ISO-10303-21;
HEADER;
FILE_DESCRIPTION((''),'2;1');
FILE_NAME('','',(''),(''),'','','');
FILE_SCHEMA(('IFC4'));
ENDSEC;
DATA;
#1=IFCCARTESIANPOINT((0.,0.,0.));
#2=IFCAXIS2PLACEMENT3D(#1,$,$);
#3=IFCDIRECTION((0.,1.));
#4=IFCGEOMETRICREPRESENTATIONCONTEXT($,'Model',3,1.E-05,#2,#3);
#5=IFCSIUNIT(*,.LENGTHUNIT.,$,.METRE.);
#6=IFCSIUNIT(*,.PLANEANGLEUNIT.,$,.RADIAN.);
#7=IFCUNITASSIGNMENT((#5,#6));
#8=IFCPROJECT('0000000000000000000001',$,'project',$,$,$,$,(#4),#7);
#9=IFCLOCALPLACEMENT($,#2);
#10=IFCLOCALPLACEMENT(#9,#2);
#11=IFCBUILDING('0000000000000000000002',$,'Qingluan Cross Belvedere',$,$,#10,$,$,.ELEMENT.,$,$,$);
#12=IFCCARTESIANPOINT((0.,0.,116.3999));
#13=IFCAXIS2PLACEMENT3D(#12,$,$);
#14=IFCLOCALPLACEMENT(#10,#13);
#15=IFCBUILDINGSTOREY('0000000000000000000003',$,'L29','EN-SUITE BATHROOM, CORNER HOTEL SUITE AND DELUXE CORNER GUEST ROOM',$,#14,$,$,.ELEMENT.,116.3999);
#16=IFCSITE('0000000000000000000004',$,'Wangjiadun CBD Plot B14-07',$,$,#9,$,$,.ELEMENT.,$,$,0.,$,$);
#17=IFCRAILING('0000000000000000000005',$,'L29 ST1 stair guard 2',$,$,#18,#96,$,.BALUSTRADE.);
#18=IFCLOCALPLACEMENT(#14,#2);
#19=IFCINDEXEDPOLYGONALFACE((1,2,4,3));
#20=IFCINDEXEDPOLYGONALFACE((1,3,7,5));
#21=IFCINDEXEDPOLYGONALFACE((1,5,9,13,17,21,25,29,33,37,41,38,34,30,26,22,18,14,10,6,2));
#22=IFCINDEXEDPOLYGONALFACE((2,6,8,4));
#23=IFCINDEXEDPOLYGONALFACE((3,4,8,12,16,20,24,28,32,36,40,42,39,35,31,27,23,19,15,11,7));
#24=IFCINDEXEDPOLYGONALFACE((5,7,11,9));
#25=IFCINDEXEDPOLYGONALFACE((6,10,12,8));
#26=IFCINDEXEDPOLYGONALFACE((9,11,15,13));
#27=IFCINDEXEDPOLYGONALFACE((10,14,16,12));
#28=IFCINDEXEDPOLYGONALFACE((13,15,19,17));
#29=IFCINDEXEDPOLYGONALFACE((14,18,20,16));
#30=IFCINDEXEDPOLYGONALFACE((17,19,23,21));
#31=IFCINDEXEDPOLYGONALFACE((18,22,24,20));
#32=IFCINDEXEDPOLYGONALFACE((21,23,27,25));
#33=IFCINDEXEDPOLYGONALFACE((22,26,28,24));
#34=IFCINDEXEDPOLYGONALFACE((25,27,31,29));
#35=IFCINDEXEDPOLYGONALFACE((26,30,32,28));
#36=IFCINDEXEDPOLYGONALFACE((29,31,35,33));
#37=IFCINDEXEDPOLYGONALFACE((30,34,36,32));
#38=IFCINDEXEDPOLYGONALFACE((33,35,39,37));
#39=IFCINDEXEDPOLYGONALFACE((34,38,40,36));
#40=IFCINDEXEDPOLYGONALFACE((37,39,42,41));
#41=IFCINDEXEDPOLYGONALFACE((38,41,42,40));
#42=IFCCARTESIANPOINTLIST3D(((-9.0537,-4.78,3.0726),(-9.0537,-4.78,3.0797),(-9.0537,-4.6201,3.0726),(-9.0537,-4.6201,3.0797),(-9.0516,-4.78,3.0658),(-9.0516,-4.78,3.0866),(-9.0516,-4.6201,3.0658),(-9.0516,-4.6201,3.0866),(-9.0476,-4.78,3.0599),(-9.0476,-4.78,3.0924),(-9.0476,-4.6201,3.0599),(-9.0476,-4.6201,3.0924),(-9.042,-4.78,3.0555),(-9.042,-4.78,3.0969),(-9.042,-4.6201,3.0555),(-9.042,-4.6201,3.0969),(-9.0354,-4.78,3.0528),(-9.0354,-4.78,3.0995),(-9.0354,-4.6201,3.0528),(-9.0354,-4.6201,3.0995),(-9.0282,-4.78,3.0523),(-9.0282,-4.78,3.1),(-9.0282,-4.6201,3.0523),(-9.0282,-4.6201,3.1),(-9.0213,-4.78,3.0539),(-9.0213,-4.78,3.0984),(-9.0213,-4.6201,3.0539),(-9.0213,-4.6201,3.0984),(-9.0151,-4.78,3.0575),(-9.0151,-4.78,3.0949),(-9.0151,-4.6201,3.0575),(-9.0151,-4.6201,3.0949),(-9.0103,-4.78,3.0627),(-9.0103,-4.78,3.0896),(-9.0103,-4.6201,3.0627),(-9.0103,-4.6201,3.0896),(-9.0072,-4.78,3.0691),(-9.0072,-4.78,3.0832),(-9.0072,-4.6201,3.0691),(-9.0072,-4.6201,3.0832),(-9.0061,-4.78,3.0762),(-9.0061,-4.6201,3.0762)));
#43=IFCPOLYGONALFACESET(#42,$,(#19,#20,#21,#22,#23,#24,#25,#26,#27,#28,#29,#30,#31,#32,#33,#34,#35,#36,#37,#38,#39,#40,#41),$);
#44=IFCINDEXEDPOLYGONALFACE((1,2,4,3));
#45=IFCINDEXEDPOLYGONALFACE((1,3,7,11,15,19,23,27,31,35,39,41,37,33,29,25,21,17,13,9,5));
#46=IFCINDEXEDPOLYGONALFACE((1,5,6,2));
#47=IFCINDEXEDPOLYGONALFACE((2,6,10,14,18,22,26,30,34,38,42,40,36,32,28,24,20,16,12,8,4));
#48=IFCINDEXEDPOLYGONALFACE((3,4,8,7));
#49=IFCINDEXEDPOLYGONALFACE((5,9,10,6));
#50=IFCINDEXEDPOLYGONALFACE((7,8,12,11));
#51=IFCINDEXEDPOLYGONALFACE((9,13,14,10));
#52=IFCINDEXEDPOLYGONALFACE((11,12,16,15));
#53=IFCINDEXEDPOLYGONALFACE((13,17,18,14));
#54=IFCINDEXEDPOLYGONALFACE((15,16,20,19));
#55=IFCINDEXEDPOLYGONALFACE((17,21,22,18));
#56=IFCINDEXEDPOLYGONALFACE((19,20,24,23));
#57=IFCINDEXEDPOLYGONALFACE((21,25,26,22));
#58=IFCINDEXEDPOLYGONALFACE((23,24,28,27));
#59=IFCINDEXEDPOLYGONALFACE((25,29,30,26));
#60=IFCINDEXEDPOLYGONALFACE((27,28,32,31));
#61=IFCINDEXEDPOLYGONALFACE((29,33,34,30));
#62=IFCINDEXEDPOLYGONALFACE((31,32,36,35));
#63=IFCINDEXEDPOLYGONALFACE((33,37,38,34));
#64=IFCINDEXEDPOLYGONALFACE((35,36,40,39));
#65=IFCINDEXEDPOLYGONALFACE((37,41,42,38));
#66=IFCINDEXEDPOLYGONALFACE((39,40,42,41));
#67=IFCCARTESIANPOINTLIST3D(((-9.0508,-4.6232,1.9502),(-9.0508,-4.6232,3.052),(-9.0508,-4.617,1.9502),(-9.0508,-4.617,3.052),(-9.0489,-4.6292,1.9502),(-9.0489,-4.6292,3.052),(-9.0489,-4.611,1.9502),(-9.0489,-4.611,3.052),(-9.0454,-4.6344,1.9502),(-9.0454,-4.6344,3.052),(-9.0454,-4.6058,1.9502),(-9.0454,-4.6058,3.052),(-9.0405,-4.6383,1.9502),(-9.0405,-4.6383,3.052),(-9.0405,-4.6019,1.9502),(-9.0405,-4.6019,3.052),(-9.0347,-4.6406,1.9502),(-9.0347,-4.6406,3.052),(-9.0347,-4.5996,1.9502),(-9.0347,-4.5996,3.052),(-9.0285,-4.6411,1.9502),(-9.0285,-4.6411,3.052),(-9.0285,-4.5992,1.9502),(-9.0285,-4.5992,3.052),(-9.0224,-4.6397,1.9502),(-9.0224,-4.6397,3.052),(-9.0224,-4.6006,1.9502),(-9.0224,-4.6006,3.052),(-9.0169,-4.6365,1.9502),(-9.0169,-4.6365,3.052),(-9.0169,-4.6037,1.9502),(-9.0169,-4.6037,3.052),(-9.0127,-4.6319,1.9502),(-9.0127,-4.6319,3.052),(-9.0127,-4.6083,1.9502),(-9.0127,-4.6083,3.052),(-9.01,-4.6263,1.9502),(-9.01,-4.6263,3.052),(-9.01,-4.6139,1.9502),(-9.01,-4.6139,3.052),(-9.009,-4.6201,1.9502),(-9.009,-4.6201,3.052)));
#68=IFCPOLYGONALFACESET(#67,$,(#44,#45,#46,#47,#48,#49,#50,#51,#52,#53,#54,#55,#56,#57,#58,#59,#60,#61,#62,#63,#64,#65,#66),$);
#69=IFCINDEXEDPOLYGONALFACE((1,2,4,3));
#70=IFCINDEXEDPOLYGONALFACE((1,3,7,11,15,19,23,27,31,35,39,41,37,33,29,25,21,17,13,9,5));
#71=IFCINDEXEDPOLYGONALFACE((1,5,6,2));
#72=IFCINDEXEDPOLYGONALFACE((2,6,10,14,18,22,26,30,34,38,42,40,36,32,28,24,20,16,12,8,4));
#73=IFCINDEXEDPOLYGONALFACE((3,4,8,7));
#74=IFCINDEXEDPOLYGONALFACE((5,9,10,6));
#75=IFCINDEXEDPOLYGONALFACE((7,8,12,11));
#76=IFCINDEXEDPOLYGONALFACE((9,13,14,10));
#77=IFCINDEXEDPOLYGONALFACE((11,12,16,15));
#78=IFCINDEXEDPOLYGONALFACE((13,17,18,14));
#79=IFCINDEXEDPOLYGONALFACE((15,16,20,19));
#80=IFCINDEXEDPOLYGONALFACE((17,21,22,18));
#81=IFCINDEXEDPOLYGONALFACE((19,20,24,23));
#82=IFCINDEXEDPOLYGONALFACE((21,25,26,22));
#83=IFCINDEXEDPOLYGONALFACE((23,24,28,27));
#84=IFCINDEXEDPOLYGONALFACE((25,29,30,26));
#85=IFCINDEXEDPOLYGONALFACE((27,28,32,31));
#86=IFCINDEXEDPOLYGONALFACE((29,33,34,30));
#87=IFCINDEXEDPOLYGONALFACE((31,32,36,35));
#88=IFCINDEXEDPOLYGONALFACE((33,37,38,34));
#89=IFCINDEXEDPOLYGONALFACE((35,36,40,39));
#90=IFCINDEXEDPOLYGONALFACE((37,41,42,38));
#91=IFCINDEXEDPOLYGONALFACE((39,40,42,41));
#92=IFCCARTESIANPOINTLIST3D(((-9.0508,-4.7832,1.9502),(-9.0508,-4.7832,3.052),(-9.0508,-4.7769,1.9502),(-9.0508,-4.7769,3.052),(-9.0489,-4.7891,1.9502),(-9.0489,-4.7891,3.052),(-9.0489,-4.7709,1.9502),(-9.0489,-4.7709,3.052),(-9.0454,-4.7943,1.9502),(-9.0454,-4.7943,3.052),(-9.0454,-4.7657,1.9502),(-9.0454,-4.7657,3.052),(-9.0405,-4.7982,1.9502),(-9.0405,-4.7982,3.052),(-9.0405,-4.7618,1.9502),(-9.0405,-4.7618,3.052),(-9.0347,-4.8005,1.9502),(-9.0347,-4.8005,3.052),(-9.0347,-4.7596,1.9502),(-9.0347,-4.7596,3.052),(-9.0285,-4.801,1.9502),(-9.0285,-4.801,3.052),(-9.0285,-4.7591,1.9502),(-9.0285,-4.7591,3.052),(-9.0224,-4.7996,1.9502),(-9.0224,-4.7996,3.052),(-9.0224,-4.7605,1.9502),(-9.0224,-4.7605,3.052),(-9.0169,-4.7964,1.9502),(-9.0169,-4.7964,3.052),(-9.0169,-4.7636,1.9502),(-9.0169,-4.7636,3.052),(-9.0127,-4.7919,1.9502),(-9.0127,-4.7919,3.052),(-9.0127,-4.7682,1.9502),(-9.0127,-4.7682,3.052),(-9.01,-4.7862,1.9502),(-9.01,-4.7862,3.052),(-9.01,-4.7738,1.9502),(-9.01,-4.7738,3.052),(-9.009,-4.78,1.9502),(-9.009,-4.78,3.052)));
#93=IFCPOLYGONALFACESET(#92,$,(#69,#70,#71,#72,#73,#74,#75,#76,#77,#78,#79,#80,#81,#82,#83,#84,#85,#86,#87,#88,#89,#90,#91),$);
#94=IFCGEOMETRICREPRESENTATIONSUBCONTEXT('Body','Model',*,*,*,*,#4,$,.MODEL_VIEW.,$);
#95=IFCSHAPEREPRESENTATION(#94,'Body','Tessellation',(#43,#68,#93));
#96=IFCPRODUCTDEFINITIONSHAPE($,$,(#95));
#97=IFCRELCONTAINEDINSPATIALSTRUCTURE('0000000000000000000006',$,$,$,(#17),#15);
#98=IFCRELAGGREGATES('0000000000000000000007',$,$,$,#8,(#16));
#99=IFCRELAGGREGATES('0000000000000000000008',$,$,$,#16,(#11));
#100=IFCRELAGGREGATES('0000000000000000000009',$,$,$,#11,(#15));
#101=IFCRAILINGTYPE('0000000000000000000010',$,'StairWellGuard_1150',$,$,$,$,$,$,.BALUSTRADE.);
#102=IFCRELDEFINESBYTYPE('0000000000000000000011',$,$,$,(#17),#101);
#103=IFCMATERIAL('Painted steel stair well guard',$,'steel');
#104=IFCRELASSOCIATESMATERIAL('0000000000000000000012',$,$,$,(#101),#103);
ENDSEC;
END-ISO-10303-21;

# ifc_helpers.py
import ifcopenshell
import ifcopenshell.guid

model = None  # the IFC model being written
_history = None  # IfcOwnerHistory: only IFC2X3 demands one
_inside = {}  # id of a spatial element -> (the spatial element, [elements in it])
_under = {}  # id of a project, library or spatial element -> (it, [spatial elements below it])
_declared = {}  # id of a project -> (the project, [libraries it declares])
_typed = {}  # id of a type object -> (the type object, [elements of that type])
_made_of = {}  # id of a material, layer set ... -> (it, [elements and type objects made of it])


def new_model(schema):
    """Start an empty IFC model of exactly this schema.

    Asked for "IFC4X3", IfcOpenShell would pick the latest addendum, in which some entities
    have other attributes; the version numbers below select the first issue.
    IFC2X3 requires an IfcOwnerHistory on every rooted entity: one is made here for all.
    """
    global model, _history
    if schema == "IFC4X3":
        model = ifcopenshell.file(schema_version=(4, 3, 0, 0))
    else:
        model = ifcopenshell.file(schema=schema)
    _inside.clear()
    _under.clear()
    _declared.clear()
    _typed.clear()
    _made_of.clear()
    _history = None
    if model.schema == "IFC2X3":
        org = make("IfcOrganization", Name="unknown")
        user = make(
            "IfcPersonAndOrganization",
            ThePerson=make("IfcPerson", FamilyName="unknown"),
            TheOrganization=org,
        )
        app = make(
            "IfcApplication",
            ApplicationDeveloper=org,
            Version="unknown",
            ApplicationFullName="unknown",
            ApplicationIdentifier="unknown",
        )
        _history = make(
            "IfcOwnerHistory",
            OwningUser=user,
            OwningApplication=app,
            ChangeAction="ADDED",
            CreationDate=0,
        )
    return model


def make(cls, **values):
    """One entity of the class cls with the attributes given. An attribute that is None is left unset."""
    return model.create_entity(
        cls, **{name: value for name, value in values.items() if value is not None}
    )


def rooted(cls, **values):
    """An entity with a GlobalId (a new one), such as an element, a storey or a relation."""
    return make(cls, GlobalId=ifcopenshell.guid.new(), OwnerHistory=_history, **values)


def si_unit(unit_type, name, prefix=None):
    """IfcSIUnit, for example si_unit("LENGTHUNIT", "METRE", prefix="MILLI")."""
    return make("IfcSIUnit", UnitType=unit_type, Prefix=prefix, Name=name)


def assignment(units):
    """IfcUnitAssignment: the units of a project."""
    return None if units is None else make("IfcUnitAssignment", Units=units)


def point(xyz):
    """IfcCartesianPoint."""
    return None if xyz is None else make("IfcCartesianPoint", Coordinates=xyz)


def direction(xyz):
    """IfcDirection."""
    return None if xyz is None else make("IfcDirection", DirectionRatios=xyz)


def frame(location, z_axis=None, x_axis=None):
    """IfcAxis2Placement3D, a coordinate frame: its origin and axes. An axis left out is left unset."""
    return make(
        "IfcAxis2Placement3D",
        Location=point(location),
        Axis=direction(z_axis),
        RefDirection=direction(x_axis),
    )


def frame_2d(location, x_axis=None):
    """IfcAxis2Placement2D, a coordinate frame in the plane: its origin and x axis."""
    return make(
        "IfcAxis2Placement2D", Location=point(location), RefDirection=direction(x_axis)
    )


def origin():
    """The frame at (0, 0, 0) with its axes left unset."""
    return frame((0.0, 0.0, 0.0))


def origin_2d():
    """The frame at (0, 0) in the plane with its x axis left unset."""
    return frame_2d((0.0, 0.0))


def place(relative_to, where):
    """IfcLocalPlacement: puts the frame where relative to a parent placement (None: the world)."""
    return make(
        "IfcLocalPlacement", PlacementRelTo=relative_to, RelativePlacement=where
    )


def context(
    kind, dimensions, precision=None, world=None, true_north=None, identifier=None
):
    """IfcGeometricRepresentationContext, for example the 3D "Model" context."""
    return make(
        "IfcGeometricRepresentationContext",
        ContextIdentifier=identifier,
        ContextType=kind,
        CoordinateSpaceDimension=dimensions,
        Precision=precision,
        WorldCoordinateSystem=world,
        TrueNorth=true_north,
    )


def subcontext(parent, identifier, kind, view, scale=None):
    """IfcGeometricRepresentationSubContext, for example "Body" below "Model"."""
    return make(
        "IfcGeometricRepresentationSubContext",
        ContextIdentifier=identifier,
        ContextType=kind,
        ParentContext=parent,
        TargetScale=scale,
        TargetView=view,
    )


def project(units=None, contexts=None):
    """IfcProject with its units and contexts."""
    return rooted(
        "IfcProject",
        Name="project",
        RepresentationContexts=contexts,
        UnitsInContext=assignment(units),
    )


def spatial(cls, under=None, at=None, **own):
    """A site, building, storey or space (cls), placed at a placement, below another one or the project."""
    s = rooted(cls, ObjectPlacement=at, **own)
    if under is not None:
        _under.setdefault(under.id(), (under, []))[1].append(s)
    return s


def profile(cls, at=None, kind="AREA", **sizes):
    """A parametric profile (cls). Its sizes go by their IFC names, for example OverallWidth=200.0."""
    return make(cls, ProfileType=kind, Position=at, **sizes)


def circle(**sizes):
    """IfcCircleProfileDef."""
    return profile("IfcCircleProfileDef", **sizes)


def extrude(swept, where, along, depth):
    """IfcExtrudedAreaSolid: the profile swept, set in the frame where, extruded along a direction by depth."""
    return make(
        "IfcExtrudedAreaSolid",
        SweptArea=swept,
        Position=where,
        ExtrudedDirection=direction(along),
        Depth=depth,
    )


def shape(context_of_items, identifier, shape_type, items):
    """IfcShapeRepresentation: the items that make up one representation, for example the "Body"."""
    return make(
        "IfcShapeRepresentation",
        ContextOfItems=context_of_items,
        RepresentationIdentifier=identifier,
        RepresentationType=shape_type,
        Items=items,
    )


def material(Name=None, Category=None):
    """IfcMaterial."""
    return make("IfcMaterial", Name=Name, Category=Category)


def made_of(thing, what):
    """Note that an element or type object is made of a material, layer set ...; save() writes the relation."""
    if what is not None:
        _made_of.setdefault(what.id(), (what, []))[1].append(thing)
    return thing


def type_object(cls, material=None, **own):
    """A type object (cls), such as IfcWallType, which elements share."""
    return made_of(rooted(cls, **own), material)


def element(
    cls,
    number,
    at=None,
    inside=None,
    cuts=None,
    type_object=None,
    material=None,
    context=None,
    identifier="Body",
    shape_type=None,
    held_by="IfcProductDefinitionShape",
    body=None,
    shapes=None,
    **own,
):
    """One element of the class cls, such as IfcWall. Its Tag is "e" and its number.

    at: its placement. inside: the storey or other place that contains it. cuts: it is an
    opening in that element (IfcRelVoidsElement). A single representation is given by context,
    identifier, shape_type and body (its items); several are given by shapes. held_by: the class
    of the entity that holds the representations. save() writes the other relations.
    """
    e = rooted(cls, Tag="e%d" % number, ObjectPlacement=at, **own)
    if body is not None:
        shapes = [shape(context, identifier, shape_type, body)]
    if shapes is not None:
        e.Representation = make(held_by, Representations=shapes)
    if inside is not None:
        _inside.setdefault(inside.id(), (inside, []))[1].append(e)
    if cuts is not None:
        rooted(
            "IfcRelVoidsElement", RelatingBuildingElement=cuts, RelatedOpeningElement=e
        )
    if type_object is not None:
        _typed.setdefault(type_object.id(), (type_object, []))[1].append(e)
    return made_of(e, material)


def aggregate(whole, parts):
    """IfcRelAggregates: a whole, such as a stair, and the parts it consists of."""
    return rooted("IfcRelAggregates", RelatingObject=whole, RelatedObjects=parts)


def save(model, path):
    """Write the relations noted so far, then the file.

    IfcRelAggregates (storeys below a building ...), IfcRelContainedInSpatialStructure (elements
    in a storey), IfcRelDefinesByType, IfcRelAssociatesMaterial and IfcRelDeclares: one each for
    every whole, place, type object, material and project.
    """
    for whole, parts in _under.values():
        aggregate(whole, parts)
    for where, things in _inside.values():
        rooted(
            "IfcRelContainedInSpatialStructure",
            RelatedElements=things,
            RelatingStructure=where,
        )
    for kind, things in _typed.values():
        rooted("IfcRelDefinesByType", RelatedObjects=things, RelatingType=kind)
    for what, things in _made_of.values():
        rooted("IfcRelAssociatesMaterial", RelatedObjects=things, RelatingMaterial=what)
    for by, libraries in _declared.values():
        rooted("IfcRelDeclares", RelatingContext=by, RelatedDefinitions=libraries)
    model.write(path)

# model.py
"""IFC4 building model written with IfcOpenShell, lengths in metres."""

from ifc_helpers import new_model, si_unit, direction, frame, origin, origin_2d, place, context, subcontext, project, spatial, circle, extrude, material, type_object, element, save


model = new_model("IFC4")

# Units and contexts
model_context = context("Model", 3, precision=1e-05, world=origin(), true_north=direction((0.0, 1.0)))
body_context = subcontext(model_context, "Body", "Model", "MODEL_VIEW")
ifc_project = project(units=[si_unit("LENGTHUNIT", "METRE"), si_unit("PLANEANGLEUNIT", "RADIAN")], contexts=[model_context])

# Site, building, storey
site_placement = place(None, origin())
site = spatial("IfcSite", under=ifc_project, at=site_placement, Name="Wangjiadun CBD Plot B14-07", CompositionType="ELEMENT", RefElevation=0.0)
building_placement = place(site_placement, origin())
building = spatial("IfcBuilding", under=site, at=building_placement, Name="Qingluan Cross Belvedere", CompositionType="ELEMENT")
storey_placement = place(building_placement, frame((0.0, 0.0, 116.3999)))
storey = spatial("IfcBuildingStorey", under=building, at=storey_placement, Name="L29", Description="EN-SUITE BATHROOM, CORNER HOTEL SUITE AND DELUXE CORNER GUEST ROOM", CompositionType="ELEMENT", Elevation=116.3999)

# Railing
ifc_material_1 = material(Name="Painted steel stair well guard", Category="steel")
railing_type_1 = type_object("IfcRailingType", Name="StairWellGuard_1150", PredefinedType="BALUSTRADE", material=ifc_material_1)
railing_1_placement = place(storey_placement, frame((-9.03, -4.6201, 1.9502)))
element("IfcRailing", 1, at=railing_1_placement, inside=storey, type_object=railing_type_1, Name="L29 ST1 stair guard 2", PredefinedType="BALUSTRADE", context=body_context, shape_type="SweptSolid", body=[
    extrude(circle(Radius=0.0239, at=origin_2d()), frame((0.0, 0.0, 1.126), z_axis=(0.0, -1.0, 0.0), x_axis=(1.0, 0.0, 0.0)), (0.0, 0.0, 1.0), 0.1599),
    extrude(circle(Radius=0.021, at=origin_2d()), origin(), (0.0, 0.0, 1.0), 1.1018),
    extrude(circle(Radius=0.021, at=origin_2d()), frame((0.0, -0.1599, 0.0)), (0.0, 0.0, 1.0), 1.1018),
])

save(model, "model.ifc")
